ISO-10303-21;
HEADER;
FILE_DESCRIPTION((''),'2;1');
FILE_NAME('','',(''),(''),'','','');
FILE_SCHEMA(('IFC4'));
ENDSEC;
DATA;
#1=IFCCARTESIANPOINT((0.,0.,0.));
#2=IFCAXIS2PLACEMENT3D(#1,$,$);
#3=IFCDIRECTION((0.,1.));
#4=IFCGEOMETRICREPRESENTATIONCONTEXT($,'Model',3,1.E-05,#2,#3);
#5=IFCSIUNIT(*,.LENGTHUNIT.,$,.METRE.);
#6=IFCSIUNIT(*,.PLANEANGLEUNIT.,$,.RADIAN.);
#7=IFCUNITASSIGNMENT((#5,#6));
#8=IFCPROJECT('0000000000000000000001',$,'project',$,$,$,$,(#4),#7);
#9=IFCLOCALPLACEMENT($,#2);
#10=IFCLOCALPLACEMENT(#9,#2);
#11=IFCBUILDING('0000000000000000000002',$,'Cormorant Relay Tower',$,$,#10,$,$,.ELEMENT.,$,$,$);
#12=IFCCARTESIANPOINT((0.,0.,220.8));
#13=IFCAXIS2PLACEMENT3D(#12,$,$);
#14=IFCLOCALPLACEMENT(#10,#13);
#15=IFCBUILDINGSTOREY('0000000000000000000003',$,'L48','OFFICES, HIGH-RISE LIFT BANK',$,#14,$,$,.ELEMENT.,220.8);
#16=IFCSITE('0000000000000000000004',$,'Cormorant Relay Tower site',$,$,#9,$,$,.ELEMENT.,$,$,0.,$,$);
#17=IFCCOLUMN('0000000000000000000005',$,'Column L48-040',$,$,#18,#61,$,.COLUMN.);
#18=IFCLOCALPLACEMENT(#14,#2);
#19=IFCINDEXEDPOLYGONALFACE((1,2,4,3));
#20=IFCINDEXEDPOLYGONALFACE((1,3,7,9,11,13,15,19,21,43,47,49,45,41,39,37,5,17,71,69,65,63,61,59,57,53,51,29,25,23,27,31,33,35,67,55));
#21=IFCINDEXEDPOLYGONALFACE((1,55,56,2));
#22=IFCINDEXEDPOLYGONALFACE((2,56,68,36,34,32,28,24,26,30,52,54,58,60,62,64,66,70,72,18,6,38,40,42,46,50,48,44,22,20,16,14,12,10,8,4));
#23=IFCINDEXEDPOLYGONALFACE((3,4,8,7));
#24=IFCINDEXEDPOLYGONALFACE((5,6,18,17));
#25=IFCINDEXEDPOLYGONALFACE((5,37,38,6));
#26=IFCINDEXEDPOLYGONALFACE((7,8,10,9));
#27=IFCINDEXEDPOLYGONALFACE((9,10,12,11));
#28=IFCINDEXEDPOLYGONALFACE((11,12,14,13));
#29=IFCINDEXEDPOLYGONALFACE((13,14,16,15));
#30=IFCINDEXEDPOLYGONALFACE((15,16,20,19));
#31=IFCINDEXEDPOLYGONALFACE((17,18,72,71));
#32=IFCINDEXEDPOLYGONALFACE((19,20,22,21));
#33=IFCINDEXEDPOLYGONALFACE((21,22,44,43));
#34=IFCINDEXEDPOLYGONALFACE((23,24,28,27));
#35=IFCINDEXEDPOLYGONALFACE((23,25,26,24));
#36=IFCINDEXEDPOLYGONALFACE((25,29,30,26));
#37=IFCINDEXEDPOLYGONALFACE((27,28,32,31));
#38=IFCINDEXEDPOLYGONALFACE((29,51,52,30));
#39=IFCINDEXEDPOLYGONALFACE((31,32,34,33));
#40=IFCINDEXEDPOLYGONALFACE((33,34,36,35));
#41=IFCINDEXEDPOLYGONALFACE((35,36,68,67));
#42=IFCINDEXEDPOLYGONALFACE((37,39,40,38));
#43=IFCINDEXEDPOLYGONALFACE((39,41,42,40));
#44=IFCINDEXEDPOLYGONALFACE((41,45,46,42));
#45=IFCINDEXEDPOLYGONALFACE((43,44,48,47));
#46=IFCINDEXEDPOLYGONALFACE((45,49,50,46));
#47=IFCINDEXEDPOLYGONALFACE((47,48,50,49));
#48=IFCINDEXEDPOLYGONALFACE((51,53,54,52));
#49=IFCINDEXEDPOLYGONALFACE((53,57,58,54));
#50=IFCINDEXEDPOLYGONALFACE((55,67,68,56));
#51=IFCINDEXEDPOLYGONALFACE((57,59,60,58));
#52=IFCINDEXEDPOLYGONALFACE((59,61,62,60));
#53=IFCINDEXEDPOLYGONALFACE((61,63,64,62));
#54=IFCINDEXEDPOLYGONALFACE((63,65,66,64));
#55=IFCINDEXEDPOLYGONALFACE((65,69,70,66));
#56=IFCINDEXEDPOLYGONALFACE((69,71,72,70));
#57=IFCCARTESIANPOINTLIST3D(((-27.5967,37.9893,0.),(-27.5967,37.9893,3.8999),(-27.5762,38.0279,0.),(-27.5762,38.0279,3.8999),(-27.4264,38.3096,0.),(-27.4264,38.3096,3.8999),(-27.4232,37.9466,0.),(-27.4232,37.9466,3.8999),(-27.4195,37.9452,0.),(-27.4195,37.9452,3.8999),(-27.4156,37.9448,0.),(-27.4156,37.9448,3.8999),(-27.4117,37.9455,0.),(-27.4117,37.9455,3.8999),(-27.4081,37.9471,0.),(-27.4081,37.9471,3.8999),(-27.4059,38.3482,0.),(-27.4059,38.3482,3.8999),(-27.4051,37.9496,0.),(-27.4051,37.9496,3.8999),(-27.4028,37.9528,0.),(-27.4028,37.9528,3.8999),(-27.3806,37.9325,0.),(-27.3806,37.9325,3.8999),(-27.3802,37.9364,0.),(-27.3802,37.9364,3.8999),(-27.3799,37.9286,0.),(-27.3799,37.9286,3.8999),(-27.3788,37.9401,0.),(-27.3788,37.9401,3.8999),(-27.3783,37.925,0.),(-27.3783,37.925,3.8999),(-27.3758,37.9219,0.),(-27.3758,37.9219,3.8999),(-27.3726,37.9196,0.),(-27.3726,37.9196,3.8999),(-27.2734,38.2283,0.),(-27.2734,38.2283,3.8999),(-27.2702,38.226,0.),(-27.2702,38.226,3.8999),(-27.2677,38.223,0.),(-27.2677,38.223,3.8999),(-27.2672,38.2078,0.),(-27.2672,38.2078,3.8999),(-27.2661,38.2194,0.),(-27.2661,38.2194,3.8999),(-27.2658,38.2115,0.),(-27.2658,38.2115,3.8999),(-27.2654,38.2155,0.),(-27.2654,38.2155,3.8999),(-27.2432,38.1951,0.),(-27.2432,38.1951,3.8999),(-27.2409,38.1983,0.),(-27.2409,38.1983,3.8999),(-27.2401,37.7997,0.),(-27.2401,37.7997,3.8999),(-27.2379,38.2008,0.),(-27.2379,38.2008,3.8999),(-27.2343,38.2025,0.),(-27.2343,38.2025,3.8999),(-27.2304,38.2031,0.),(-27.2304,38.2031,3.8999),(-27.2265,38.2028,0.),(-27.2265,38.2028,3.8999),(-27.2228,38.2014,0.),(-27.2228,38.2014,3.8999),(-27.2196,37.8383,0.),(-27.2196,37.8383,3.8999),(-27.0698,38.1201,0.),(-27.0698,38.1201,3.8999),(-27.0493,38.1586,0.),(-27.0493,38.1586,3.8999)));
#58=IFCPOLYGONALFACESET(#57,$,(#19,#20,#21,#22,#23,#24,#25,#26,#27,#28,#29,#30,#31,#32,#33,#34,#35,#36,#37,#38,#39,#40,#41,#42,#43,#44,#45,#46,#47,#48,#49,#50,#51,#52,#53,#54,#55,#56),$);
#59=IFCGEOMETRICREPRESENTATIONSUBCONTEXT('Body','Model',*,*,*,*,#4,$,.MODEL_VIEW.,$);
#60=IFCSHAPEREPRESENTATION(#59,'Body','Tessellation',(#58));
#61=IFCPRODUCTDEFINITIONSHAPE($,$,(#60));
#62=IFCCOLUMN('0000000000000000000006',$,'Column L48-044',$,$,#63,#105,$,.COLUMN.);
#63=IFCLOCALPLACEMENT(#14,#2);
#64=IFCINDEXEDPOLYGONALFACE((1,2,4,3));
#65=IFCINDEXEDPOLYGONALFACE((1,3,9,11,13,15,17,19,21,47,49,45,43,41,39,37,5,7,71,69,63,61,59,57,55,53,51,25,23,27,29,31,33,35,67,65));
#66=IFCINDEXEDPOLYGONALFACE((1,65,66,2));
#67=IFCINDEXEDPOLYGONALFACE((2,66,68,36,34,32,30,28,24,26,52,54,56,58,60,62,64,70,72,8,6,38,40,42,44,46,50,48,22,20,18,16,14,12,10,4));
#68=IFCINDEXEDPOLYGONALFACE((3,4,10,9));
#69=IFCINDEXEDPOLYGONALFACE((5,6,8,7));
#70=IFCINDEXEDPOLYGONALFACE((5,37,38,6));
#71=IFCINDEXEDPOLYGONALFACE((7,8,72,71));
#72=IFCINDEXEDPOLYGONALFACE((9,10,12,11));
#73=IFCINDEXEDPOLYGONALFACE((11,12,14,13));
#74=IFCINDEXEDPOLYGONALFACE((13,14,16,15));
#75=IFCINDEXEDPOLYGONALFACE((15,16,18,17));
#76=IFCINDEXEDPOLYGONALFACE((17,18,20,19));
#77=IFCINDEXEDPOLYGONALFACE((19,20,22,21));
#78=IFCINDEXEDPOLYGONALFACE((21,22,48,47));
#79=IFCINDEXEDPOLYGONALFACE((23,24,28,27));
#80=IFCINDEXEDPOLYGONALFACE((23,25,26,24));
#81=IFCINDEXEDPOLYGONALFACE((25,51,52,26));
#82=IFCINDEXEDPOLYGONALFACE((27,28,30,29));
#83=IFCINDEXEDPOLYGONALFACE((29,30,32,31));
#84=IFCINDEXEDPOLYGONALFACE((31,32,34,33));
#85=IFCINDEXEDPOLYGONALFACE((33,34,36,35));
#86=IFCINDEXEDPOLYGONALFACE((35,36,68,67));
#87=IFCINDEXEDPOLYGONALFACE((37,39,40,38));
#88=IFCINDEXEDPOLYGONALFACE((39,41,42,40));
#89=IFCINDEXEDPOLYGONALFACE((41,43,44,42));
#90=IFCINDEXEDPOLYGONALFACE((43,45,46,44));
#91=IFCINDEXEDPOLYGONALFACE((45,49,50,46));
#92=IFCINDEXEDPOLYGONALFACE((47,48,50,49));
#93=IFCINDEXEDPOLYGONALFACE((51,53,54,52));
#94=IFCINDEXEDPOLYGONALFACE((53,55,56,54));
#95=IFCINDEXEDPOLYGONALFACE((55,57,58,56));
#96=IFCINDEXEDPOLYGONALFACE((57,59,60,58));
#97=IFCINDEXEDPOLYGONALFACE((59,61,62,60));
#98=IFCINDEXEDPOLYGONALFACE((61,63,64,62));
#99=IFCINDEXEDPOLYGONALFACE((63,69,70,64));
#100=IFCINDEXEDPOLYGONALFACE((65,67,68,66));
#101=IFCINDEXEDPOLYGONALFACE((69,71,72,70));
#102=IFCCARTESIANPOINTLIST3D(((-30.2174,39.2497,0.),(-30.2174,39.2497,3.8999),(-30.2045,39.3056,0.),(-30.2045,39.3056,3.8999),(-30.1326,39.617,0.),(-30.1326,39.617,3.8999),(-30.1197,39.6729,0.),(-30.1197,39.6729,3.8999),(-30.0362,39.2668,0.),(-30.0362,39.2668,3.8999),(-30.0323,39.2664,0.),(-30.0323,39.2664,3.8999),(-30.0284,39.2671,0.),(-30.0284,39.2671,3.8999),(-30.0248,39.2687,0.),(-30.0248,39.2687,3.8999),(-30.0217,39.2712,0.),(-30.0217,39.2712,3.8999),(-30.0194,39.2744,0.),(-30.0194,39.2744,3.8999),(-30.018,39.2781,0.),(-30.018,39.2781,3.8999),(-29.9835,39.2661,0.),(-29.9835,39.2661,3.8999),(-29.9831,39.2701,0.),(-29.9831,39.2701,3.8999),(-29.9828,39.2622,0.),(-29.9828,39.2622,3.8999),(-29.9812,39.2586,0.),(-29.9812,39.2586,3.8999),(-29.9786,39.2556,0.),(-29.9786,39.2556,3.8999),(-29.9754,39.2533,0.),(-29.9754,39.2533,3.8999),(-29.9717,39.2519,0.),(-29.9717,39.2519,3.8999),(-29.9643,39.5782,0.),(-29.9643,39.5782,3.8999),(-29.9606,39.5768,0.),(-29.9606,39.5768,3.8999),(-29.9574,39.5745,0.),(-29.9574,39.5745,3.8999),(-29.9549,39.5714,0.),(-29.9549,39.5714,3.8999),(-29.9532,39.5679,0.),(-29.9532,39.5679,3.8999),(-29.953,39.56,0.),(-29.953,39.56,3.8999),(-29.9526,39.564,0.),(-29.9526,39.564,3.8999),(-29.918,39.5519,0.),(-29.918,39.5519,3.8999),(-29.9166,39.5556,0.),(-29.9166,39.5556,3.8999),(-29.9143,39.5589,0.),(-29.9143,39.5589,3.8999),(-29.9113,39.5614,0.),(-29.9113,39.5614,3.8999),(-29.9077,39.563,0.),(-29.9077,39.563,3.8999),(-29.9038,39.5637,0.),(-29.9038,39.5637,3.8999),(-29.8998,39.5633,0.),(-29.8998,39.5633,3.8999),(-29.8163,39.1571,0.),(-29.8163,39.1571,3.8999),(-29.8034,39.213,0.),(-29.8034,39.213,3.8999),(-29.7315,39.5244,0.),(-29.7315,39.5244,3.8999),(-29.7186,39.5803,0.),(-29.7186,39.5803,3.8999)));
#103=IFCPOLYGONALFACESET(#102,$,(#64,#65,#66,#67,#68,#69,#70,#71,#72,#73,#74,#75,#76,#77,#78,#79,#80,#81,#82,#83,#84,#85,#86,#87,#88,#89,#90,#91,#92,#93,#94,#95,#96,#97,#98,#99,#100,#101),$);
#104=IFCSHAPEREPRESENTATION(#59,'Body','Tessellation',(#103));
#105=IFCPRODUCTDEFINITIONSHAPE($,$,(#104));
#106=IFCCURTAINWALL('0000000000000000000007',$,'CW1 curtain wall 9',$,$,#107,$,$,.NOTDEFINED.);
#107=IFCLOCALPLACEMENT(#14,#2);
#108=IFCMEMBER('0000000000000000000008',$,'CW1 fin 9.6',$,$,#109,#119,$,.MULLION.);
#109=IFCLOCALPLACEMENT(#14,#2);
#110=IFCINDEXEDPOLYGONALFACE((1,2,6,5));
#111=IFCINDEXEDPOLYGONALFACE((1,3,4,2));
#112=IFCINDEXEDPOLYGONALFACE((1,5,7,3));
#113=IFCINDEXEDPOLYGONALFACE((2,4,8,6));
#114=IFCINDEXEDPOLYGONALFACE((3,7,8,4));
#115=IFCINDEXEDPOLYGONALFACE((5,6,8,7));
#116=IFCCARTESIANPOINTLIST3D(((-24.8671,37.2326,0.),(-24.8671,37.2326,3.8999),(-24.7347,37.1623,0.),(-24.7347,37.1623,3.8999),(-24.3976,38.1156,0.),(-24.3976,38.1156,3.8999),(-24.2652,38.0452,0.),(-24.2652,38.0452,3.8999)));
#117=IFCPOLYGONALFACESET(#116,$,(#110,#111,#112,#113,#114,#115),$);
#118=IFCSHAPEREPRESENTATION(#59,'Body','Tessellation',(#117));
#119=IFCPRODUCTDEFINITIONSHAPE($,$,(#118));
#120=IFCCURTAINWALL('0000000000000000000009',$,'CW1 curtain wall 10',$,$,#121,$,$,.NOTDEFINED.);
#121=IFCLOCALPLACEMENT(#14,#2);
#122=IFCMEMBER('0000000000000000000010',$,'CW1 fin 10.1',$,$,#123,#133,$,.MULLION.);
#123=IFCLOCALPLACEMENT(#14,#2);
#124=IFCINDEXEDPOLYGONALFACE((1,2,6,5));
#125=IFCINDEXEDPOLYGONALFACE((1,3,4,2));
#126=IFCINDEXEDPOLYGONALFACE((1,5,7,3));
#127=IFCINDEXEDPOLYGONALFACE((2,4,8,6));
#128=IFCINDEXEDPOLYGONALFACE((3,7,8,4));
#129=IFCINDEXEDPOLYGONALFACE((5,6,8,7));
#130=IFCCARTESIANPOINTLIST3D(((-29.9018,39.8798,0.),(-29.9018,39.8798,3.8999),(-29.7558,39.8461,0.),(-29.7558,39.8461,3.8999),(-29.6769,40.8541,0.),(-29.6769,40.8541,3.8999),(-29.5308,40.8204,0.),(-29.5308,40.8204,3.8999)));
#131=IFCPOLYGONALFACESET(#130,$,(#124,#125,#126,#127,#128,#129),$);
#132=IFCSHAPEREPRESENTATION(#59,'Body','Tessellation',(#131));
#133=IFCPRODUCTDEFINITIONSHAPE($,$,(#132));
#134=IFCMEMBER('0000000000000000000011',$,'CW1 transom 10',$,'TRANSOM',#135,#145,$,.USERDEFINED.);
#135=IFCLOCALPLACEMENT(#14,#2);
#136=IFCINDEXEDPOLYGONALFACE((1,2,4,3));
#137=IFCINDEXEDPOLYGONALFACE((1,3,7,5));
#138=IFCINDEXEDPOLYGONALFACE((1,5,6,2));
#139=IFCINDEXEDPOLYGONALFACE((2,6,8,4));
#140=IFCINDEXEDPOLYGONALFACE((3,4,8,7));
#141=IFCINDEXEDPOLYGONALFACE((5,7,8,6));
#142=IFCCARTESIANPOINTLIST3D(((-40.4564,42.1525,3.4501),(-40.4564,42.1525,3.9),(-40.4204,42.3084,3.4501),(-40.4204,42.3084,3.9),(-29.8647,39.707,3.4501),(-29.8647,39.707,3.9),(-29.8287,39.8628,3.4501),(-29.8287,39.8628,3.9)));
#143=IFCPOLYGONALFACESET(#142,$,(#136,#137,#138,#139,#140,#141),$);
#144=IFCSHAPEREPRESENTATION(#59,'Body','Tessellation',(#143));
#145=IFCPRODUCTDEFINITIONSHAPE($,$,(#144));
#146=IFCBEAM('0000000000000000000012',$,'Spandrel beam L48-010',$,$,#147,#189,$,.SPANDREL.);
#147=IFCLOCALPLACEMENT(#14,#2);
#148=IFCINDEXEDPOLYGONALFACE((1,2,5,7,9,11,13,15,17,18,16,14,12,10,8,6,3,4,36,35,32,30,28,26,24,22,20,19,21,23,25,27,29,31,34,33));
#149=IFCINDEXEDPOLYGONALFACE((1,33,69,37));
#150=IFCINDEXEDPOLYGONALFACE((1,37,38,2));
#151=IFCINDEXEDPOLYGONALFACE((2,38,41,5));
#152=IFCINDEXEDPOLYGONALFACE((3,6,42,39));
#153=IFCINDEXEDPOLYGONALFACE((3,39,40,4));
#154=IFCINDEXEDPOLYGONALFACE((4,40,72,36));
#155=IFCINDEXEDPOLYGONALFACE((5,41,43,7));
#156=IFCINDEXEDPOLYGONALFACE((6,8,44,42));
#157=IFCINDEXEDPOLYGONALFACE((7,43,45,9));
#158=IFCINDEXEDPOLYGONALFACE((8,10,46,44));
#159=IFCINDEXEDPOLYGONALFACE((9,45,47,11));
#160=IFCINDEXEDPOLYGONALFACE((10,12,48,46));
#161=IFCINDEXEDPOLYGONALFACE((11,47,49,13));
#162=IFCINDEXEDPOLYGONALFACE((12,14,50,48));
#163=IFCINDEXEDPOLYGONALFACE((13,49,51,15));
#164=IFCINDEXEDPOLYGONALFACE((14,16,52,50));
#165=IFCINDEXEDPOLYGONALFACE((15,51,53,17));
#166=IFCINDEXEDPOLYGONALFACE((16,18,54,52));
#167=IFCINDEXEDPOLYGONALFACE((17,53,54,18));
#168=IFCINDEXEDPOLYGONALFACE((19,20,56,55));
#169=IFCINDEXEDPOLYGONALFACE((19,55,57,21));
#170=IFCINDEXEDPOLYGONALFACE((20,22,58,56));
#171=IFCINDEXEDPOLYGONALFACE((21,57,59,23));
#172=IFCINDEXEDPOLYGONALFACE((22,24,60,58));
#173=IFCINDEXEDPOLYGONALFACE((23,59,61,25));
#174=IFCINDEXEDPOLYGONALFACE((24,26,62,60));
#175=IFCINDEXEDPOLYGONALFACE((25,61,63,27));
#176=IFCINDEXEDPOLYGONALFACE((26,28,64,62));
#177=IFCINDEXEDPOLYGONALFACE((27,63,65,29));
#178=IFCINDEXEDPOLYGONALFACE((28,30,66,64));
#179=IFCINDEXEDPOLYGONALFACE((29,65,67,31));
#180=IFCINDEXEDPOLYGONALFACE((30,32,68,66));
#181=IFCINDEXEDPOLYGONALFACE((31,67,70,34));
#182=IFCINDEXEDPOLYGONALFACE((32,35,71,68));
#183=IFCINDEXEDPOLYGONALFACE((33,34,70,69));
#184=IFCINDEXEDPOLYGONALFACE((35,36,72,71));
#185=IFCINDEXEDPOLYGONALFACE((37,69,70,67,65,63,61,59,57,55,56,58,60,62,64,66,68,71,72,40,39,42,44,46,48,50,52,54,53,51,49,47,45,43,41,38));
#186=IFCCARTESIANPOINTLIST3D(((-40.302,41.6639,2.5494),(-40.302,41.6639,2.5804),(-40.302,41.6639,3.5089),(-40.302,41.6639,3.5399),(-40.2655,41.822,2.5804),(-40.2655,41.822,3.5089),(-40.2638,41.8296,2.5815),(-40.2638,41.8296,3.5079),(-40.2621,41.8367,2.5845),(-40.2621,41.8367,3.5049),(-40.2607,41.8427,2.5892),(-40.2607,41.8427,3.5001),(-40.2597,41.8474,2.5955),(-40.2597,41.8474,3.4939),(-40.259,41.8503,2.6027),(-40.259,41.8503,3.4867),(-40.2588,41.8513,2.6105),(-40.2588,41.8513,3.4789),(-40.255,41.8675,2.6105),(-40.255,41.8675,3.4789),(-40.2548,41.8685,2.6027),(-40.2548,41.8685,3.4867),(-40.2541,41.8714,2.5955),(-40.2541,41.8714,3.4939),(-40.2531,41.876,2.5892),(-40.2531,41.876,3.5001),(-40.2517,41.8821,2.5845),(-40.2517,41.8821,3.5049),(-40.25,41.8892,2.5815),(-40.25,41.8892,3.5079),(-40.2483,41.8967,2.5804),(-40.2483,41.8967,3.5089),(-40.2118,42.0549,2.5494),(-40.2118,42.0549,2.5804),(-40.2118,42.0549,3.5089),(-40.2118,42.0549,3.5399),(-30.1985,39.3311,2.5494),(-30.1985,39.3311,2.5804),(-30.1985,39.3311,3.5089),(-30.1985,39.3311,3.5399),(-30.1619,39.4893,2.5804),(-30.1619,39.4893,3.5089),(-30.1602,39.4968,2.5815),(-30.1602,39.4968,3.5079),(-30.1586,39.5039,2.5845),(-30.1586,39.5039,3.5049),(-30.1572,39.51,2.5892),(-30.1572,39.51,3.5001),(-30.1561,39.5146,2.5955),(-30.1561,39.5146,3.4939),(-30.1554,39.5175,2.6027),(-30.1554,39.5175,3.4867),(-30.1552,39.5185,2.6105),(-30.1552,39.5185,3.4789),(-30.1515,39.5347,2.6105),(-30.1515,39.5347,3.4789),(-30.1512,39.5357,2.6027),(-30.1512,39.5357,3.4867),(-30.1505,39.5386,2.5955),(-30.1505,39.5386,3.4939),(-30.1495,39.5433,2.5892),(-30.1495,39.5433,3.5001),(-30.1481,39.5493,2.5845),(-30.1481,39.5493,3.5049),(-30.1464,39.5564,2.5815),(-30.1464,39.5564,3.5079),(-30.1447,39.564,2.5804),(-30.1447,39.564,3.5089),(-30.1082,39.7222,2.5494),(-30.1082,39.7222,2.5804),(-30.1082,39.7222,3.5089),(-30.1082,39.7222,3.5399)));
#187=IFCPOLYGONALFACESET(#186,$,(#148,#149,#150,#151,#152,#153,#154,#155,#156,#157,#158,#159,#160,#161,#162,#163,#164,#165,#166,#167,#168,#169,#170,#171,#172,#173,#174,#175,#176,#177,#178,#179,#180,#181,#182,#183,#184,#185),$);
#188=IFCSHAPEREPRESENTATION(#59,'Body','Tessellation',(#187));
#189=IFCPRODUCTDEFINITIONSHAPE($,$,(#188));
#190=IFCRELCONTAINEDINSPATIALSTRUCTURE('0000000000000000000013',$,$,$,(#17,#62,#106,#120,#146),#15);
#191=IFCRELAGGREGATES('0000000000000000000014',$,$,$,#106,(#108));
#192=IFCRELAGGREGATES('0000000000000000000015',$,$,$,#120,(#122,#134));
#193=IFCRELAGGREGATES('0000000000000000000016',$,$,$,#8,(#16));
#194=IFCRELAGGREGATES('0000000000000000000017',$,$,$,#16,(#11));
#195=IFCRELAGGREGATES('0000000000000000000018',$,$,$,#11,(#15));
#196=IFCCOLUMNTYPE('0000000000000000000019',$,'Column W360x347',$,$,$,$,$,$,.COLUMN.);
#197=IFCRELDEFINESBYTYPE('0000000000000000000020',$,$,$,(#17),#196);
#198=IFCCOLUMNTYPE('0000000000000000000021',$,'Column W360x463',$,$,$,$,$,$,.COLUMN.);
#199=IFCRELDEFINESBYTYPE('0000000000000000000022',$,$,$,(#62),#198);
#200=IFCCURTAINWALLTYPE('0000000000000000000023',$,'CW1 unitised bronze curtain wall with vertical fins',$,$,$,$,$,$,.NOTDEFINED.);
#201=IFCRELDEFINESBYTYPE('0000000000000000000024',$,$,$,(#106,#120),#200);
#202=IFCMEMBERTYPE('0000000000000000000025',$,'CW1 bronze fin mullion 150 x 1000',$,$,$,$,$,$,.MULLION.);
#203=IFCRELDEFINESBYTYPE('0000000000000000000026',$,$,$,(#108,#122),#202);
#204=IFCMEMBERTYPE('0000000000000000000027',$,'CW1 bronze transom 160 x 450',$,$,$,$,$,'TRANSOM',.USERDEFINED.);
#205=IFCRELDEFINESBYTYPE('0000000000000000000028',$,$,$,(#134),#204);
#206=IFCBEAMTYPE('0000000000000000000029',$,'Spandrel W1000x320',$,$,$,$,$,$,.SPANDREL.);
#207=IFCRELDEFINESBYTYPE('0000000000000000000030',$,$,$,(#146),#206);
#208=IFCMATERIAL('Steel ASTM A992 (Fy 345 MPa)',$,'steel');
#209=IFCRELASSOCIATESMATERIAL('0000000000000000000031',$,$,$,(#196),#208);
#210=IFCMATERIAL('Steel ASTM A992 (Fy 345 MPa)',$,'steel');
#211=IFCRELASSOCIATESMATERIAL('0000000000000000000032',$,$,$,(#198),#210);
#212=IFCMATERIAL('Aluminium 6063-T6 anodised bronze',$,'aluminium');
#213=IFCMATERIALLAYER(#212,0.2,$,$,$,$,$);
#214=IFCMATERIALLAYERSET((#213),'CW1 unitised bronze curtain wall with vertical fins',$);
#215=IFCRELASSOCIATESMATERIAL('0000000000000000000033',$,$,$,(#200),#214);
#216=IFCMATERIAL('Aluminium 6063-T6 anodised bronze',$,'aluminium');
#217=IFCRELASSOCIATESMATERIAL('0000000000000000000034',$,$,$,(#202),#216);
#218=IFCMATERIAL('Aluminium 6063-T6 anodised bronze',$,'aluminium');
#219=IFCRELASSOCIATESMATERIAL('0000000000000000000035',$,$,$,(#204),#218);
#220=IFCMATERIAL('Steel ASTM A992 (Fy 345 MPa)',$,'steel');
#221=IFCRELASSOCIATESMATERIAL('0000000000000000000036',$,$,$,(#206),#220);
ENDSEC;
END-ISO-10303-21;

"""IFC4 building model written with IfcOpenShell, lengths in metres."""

from ifc_helpers import new_model, si_unit, direction, frame, origin, origin_2d, place, context, subcontext, project, spatial, rectangle, i_section, extrude, material, layer, layer_set, material_profile, profile_set, type_object, element, aggregate, save


model = new_model("IFC4")

# Units and contexts
model_context = context("Model", 3, precision=1e-05, world=origin(), true_north=direction((0.0, 1.0)))
body_context = subcontext(model_context, "Body", "Model", "MODEL_VIEW")
ifc_project = project(units=[si_unit("LENGTHUNIT", "METRE"), si_unit("PLANEANGLEUNIT", "RADIAN")], contexts=[model_context])

# Site, building, storey
site_placement = place(None, origin())
site = spatial("IfcSite", under=ifc_project, at=site_placement, Name="Cormorant Relay Tower site", CompositionType="ELEMENT", RefElevation=0.0)
building_placement = place(site_placement, origin())
building = spatial("IfcBuilding", under=site, at=building_placement, Name="Cormorant Relay Tower", CompositionType="ELEMENT")
storey_placement = place(building_placement, frame((0.0, 0.0, 220.8)))
storey = spatial("IfcBuildingStorey", under=building, at=storey_placement, Name="L48", Description="OFFICES, HIGH-RISE LIFT BANK", CompositionType="ELEMENT", Elevation=220.8)

# Columns
ifc_material_1 = material(Name="Steel ASTM A992 (Fy 345 MPa)", Category="steel")
ifc_material_profile_1 = material_profile(ifc_material_1, i_section(OverallWidth=0.4038, OverallDepth=0.4065, WebThickness=0.0271, FlangeThickness=0.0437, FilletRadius=0.0151, at=origin_2d()), Name="W360x347")
ifc_profile_set_1 = profile_set([ifc_material_profile_1], Name="Steel ASTM A992 (Fy 345 MPa)")
column_type_1 = type_object("IfcColumnType", Name="Column W360x347", PredefinedType="COLUMN", material=ifc_profile_set_1)
column_1_placement = place(storey_placement, frame((-27.323, 38.074, 0.0), z_axis=(0.0, 0.0, 1.0), x_axis=(-0.882948, 0.469472, 0.0)))
element("IfcColumn", 1, at=column_1_placement, inside=storey, type_object=column_type_1, Name="Column L48-040", PredefinedType="COLUMN", context=body_context, shape_type="SweptSolid", body=[
    extrude(i_section(OverallWidth=0.4038, OverallDepth=0.4065, WebThickness=0.0271, FlangeThickness=0.0437, FilletRadius=0.0151, at=origin_2d()), origin(), (0.0, 0.0, 1.0), 3.8999),
])
ifc_material_2 = material(Name="Steel ASTM A992 (Fy 345 MPa)", Category="steel")
ifc_material_profile_2 = material_profile(ifc_material_2, i_section(OverallWidth=0.4116, OverallDepth=0.4343, WebThickness=0.0359, FlangeThickness=0.0574, FilletRadius=0.0151, at=origin_2d()), Name="W360x463")
ifc_profile_set_2 = profile_set([ifc_material_profile_2], Name="Steel ASTM A992 (Fy 345 MPa)")
column_type_2 = type_object("IfcColumnType", Name="Column W360x463", PredefinedType="COLUMN", material=ifc_profile_set_2)
column_2_placement = place(storey_placement, frame((-29.968, 39.415, 0.0), z_axis=(0.0, 0.0, 1.0), x_axis=(-0.97437, 0.224951, 0.0)))
element("IfcColumn", 2, at=column_2_placement, inside=storey, type_object=column_type_2, Name="Column L48-044", PredefinedType="COLUMN", context=body_context, shape_type="SweptSolid", body=[
    extrude(i_section(OverallWidth=0.4116, OverallDepth=0.4343, WebThickness=0.0359, FlangeThickness=0.0574, FilletRadius=0.0151, at=origin_2d()), origin(), (0.0, 0.0, 1.0), 3.8999),
])

# Curtain wall, member
ifc_material_3 = material(Name="Aluminium 6063-T6 anodised bronze", Category="aluminium")
ifc_layer_1 = layer(ifc_material_3, 0.2)
ifc_layer_set_1 = layer_set([ifc_layer_1], Name="CW1 unitised bronze curtain wall with vertical fins")
curtain_wall_type = type_object("IfcCurtainWallType", Name="CW1 unitised bronze curtain wall with vertical fins", PredefinedType="NOTDEFINED", material=ifc_layer_set_1)
curtain_wall_1_placement = place(storey_placement, origin())
curtain_wall_1 = element("IfcCurtainWall", 3, at=curtain_wall_1_placement, inside=storey, type_object=curtain_wall_type, Name="CW1 curtain wall 9", PredefinedType="NOTDEFINED")
ifc_material_4 = material(Name="Aluminium 6063-T6 anodised bronze", Category="aluminium")
ifc_material_profile_3 = material_profile(ifc_material_4, rectangle(XDim=0.1499, YDim=1.0, at=origin_2d()), Name="AL 150x1000")
ifc_profile_set_3 = profile_set([ifc_material_profile_3], Name="Aluminium 6063-T6 anodised bronze")
member_type_1 = type_object("IfcMemberType", Name="CW1 bronze fin mullion 150 x 1000", PredefinedType="MULLION", material=ifc_profile_set_3)
member_1_placement = place(storey_placement, frame((-24.5662, 37.6389, 0.0), z_axis=(0.0, 0.0, 1.0), x_axis=(-0.882948, 0.469472, 0.0)))
member_1 = element("IfcMember", 4, at=member_1_placement, type_object=member_type_1, Name="CW1 fin 9.6", PredefinedType="MULLION", context=body_context, shape_type="SweptSolid", body=[
    extrude(rectangle(XDim=0.1499, YDim=1.0, at=origin_2d()), origin(), (0.0, 0.0, 1.0), 3.8999),
])

# Curtain wall, members
curtain_wall_2_placement = place(storey_placement, origin())
curtain_wall_2 = element("IfcCurtainWall", 5, at=curtain_wall_2_placement, inside=storey, type_object=curtain_wall_type, Name="CW1 curtain wall 10", PredefinedType="NOTDEFINED")
member_2_placement = place(storey_placement, frame((-29.7163, 40.3501, 0.0), z_axis=(0.0, 0.0, 1.0), x_axis=(-0.97437, 0.224951, 0.0)))
member_2 = element("IfcMember", 6, at=member_2_placement, type_object=member_type_1, Name="CW1 fin 10.1", PredefinedType="MULLION", context=body_context, shape_type="SweptSolid", body=[
    extrude(rectangle(XDim=0.1499, YDim=1.0, at=origin_2d()), origin(), (0.0, 0.0, 1.0), 3.8999),
])
ifc_material_5 = material(Name="Aluminium 6063-T6 anodised bronze", Category="aluminium")
ifc_material_profile_4 = material_profile(ifc_material_5, rectangle(XDim=0.1599, YDim=0.45, at=origin_2d()), Name="AL 160x450")
ifc_profile_set_4 = profile_set([ifc_material_profile_4], Name="Aluminium 6063-T6 anodised bronze")
member_type_2 = type_object("IfcMemberType", Name="CW1 bronze transom 160 x 450", ElementType="TRANSOM", PredefinedType="USERDEFINED", material=ifc_profile_set_4)
member_3_placement = place(storey_placement, frame((-29.8467, 39.7849, 3.675), z_axis=(-0.974365, 0.224973, 0.0), x_axis=(-0.224973, -0.974365, 0.0)))
member_3 = element("IfcMember", 7, at=member_3_placement, type_object=member_type_2, Name="CW1 transom 10", ObjectType="TRANSOM", PredefinedType="USERDEFINED", context=body_context, shape_type="SweptSolid", body=[
    extrude(rectangle(XDim=0.1599, YDim=0.45, at=origin_2d()), origin(), (0.0, 0.0, 1.0), 10.8704),
])

# Beam
ifc_material_6 = material(Name="Steel ASTM A992 (Fy 345 MPa)", Category="steel")
ifc_material_profile_5 = material_profile(ifc_material_6, i_section(OverallWidth=0.4014, OverallDepth=0.9905, WebThickness=0.0166, FlangeThickness=0.031, FilletRadius=0.03, at=origin_2d()), Name="W1000x320")
ifc_profile_set_5 = profile_set([ifc_material_profile_5], Name="Steel ASTM A992 (Fy 345 MPa)")
beam_type = type_object("IfcBeamType", Name="Spandrel W1000x320", PredefinedType="SPANDREL", material=ifc_profile_set_5)
beam_placement = place(storey_placement, frame((-30.1533, 39.5266, 3.0447), z_axis=(-0.974366, 0.224968, 0.0), x_axis=(-0.224968, -0.974366, 0.0)))
element("IfcBeam", 8, at=beam_placement, inside=storey, type_object=beam_type, Name="Spandrel beam L48-010", PredefinedType="SPANDREL", context=body_context, shape_type="SweptSolid", body=[
    extrude(i_section(OverallWidth=0.4014, OverallDepth=0.9905, WebThickness=0.0166, FlangeThickness=0.031, FilletRadius=0.03, at=origin_2d()), origin(), (0.0, 0.0, 1.0), 10.3694),
])

aggregate(curtain_wall_1, [member_1])
aggregate(curtain_wall_2, [member_2, member_3])

save(model, "model.ifc")
